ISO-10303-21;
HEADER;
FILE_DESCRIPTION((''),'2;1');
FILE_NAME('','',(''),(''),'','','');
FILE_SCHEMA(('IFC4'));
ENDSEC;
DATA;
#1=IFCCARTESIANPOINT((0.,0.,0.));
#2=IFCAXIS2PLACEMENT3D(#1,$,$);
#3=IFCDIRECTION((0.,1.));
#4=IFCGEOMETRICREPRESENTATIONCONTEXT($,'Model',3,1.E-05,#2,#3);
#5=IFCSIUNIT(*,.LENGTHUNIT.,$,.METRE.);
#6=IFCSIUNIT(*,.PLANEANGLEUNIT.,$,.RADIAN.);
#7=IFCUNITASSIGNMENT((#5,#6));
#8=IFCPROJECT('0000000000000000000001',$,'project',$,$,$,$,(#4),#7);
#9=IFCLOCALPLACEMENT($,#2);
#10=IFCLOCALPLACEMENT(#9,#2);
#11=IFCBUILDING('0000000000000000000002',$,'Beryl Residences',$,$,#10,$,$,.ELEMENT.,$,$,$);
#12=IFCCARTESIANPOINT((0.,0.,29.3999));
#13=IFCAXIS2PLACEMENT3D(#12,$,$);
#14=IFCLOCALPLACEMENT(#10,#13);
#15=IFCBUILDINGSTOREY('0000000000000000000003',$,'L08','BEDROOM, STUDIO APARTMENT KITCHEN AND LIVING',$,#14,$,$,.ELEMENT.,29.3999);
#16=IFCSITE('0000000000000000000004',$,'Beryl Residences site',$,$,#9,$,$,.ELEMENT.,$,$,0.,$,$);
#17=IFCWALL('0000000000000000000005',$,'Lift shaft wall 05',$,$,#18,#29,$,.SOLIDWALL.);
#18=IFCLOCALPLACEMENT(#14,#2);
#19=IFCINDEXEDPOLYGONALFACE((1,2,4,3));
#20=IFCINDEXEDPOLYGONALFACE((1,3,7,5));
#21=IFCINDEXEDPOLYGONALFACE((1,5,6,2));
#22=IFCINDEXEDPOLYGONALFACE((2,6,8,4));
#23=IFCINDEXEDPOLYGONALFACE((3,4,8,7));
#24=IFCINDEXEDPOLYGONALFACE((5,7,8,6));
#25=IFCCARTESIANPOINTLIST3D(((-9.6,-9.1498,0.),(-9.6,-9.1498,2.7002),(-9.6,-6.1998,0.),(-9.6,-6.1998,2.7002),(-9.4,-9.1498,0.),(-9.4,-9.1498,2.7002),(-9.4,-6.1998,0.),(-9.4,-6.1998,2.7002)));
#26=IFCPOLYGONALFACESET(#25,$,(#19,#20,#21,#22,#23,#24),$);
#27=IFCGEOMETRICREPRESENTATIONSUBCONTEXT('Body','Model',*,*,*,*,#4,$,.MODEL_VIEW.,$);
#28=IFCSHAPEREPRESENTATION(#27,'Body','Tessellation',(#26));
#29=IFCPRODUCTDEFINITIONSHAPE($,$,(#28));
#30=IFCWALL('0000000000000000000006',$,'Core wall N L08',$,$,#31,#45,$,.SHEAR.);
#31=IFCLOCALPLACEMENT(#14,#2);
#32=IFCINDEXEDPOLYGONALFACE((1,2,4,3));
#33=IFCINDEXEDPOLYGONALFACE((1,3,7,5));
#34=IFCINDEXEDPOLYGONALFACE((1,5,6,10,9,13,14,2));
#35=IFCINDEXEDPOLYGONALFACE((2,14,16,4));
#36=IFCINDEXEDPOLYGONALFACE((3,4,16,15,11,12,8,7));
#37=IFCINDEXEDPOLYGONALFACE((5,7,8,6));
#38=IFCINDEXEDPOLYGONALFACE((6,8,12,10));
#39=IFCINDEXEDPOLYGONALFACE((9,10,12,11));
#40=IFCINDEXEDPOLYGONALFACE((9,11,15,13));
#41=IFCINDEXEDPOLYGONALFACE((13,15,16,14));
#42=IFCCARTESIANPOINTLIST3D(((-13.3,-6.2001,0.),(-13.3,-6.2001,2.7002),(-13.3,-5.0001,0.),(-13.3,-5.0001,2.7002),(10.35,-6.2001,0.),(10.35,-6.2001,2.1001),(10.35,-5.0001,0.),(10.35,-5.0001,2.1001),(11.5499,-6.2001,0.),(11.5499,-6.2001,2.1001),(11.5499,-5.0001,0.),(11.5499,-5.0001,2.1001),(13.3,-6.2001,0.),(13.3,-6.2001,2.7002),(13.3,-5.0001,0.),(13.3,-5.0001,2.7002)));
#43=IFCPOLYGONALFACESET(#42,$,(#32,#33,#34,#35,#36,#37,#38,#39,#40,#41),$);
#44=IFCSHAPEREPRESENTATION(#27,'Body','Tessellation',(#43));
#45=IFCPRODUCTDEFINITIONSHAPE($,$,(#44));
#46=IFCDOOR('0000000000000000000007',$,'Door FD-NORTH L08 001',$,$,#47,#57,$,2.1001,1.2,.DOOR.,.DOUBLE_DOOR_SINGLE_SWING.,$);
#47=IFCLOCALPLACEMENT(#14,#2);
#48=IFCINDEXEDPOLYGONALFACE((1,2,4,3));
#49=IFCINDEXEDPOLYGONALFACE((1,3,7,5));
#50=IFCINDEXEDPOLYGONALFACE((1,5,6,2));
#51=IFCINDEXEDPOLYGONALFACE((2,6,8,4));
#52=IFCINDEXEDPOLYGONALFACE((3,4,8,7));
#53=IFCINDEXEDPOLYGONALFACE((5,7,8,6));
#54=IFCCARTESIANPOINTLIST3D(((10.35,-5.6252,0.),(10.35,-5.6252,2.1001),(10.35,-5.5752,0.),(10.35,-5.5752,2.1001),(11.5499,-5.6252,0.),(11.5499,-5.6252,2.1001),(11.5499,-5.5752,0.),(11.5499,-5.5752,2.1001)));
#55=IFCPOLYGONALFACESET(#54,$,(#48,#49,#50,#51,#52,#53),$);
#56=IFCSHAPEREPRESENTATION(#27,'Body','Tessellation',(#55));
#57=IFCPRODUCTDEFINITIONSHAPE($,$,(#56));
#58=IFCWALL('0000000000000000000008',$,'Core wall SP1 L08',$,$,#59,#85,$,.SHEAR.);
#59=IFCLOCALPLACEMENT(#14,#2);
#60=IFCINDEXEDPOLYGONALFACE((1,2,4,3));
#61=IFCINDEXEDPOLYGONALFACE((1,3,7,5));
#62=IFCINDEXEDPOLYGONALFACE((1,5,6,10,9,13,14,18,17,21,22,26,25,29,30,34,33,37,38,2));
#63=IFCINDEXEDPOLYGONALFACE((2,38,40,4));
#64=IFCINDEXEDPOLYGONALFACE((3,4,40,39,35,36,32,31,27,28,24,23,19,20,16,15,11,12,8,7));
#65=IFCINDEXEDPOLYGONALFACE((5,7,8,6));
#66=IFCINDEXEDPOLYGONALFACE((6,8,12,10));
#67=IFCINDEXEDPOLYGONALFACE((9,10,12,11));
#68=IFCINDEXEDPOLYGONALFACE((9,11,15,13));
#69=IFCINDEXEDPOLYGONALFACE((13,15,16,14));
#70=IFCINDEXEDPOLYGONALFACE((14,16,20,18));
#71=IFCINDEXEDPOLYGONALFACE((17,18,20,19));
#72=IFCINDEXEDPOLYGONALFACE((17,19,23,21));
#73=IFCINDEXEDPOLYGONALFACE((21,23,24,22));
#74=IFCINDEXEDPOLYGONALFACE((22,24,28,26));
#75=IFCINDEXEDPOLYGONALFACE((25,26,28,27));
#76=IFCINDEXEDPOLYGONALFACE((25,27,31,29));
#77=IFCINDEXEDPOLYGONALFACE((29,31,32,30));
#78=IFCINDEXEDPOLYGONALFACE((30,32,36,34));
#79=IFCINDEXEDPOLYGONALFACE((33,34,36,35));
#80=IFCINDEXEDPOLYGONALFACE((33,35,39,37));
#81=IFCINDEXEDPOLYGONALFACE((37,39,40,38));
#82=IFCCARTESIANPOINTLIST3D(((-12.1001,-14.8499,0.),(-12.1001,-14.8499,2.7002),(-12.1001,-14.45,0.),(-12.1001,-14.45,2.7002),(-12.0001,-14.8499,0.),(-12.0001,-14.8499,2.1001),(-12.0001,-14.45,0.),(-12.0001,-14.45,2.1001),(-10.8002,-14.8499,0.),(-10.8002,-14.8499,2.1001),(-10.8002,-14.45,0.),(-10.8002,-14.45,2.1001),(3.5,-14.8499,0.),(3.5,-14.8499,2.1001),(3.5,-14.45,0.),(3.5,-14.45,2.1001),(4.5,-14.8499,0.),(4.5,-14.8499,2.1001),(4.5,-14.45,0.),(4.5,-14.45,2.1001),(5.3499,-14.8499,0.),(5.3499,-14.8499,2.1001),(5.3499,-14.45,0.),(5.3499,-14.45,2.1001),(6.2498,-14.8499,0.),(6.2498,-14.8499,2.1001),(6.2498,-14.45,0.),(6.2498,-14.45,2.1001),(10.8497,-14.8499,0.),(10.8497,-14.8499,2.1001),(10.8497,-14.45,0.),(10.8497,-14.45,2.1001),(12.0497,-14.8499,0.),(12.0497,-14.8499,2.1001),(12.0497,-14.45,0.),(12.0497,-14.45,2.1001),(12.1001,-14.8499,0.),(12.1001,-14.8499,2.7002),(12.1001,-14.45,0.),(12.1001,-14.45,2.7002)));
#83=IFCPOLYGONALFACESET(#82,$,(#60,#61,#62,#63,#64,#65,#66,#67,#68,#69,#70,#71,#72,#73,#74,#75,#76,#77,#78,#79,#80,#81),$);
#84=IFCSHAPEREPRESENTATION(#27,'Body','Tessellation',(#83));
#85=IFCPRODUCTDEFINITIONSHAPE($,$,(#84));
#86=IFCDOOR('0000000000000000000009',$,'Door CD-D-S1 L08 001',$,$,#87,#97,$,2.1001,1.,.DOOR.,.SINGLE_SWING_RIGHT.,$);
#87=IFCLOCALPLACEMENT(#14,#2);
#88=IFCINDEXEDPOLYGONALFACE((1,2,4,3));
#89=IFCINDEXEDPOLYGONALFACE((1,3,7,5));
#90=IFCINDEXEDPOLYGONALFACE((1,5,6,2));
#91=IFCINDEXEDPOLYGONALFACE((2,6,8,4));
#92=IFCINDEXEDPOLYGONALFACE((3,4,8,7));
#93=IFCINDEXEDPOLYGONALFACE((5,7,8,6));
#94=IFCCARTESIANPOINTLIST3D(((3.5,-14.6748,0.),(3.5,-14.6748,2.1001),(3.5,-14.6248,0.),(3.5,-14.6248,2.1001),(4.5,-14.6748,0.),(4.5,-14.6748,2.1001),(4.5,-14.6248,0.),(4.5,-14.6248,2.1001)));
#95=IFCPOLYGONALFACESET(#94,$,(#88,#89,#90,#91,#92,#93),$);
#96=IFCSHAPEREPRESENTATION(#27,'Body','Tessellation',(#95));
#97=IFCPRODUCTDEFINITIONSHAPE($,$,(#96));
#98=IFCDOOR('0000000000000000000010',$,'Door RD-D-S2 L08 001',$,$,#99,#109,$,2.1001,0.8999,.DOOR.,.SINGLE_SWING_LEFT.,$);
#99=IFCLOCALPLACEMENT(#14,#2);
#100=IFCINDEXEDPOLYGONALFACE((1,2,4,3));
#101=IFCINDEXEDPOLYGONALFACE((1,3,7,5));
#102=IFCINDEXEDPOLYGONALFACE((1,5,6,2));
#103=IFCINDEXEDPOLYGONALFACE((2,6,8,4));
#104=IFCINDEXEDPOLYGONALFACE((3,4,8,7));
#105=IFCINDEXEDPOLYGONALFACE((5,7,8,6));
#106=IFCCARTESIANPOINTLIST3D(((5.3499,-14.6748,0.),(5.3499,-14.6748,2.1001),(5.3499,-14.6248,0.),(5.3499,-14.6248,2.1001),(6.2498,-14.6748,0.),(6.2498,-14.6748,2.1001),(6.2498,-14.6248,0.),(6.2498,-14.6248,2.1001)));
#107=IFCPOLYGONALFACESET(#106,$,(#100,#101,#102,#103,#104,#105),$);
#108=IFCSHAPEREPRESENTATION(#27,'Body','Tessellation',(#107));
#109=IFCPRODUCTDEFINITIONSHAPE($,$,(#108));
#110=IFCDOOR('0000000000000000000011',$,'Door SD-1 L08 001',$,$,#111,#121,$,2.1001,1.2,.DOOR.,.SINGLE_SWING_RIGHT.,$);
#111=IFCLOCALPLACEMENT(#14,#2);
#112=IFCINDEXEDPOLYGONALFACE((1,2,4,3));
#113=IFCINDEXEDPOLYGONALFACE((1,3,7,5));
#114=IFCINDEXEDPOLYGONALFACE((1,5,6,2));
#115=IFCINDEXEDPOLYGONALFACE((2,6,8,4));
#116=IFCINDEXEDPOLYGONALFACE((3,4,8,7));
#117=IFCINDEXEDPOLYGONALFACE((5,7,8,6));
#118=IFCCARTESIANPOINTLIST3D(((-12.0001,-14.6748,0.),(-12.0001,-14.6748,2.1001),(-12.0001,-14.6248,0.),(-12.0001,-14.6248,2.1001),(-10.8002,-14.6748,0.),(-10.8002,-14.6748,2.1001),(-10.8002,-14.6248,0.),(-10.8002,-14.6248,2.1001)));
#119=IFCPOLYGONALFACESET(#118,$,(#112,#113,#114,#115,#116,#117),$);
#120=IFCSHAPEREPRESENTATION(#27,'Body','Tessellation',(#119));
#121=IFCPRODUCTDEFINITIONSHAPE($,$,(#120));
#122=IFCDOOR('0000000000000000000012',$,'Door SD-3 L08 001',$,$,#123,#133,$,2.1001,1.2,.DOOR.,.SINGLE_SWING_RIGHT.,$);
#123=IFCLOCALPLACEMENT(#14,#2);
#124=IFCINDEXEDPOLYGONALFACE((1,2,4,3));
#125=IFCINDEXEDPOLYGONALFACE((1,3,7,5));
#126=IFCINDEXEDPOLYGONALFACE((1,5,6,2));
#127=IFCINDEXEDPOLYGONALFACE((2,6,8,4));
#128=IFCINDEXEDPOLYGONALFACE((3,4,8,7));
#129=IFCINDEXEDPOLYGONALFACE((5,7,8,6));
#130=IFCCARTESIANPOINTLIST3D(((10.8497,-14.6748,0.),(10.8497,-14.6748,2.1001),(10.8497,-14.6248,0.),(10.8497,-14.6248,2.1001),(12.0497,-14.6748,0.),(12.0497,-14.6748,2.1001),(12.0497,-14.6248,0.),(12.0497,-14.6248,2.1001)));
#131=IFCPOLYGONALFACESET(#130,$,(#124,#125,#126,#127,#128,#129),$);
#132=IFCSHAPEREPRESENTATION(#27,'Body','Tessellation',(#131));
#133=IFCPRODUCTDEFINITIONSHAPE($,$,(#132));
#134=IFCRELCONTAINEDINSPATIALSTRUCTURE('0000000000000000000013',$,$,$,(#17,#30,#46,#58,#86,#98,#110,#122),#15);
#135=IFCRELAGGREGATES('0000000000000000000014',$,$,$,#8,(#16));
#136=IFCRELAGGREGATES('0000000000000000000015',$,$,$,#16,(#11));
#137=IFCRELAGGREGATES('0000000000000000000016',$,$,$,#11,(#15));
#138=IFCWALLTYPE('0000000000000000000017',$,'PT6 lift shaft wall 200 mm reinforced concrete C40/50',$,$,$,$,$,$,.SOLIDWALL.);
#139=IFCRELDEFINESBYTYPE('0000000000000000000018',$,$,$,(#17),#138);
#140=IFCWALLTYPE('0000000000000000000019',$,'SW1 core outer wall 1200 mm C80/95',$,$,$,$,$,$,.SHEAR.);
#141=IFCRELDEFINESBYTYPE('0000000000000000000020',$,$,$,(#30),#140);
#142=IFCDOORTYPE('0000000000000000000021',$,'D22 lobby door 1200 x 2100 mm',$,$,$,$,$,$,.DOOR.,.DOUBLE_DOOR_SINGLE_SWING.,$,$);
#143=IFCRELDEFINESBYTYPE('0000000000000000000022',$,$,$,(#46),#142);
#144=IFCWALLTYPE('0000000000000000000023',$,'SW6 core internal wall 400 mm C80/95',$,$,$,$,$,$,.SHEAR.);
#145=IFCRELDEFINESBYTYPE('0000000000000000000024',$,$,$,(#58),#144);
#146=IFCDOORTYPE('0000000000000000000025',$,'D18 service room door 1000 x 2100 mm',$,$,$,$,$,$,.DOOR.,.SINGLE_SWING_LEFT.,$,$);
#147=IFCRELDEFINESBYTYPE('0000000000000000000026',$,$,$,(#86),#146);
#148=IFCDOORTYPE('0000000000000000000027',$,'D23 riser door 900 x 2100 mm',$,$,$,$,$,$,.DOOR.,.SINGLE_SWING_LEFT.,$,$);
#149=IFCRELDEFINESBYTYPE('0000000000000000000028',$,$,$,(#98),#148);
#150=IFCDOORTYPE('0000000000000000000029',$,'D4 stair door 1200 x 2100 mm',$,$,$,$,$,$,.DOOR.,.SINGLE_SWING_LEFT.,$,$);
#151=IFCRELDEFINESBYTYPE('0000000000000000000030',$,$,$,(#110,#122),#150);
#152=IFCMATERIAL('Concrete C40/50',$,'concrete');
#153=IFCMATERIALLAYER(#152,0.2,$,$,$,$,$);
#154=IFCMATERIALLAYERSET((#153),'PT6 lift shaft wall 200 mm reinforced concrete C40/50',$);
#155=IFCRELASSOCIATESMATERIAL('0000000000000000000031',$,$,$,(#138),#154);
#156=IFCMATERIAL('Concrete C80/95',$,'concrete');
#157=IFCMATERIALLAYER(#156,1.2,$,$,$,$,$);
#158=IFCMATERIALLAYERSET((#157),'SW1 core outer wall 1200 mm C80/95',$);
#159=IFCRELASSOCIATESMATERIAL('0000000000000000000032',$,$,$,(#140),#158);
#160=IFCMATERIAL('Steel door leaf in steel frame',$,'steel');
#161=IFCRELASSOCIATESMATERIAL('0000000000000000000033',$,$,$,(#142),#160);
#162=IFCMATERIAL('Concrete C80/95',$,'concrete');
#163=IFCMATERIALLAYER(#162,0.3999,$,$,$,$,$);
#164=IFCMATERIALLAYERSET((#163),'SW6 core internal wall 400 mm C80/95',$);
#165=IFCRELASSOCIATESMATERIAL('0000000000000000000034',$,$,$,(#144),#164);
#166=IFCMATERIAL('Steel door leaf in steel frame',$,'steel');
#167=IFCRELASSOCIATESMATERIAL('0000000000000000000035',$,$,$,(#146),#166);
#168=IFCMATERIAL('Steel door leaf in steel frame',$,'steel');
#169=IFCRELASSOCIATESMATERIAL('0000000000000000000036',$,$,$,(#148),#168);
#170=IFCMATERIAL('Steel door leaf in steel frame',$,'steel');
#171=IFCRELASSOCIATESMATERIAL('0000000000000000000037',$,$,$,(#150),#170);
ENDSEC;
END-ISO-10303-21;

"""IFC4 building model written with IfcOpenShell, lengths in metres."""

from ifc_helpers import new_model, si_unit, direction, frame, frame_2d, origin, place, context, subcontext, project, spatial, rectangle, extrude, material, layer, layer_set, type_object, element, fill, save


model = new_model("IFC4")

# Units and contexts
model_context = context("Model", 3, precision=1e-05, world=origin(), true_north=direction((0.0, 1.0)))
body_context = subcontext(model_context, "Body", "Model", "MODEL_VIEW")
ifc_project = project(units=[si_unit("LENGTHUNIT", "METRE"), si_unit("PLANEANGLEUNIT", "RADIAN")], contexts=[model_context])

# Site, building, storey
site_placement = place(None, origin())
site = spatial("IfcSite", under=ifc_project, at=site_placement, Name="Beryl Residences site", CompositionType="ELEMENT", RefElevation=0.0)
building_placement = place(site_placement, origin())
building = spatial("IfcBuilding", under=site, at=building_placement, Name="Beryl Residences", CompositionType="ELEMENT")
storey_placement = place(building_placement, frame((0.0, 0.0, 29.3999)))
storey = spatial("IfcBuildingStorey", under=building, at=storey_placement, Name="L08", Description="BEDROOM, STUDIO APARTMENT KITCHEN AND LIVING", CompositionType="ELEMENT", Elevation=29.3999)

# Wall
ifc_material_1 = material(Name="Concrete C40/50", Category="concrete")
ifc_layer_1 = layer(ifc_material_1, 0.2)
ifc_layer_set_1 = layer_set([ifc_layer_1], Name="PT6 lift shaft wall 200 mm reinforced concrete C40/50")
wall_type_1 = type_object("IfcWallType", Name="PT6 lift shaft wall 200 mm reinforced concrete C40/50", PredefinedType="SOLIDWALL", material=ifc_layer_set_1)
wall_1_placement = place(storey_placement, frame((-9.5, -9.1499, 0.0), z_axis=(0.0, 0.0, 1.0), x_axis=(0.0, 1.0, 0.0)))
element("IfcWall", 1, at=wall_1_placement, inside=storey, type_object=wall_type_1, Name="Lift shaft wall 05", PredefinedType="SOLIDWALL", context=body_context, shape_type="SweptSolid", body=[
    extrude(rectangle(XDim=2.95, YDim=0.2, at=frame_2d((1.4751, 0.0))), origin(), (0.0, 0.0, 1.0), 2.7002),
])

# Wall, opening, door
ifc_material_2 = material(Name="Concrete C80/95", Category="concrete")
ifc_layer_2 = layer(ifc_material_2, 1.2)
ifc_layer_set_2 = layer_set([ifc_layer_2], Name="SW1 core outer wall 1200 mm C80/95")
wall_type_2 = type_object("IfcWallType", Name="SW1 core outer wall 1200 mm C80/95", PredefinedType="SHEAR", material=ifc_layer_set_2)
wall_2_placement = place(storey_placement, frame((-13.3, -5.6001, 0.0), z_axis=(0.0, 0.0, 1.0), x_axis=(1.0, 0.0, 0.0)))
wall_2 = element("IfcWall", 2, at=wall_2_placement, inside=storey, type_object=wall_type_2, Name="Core wall N L08", PredefinedType="SHEAR", context=body_context, shape_type="SweptSolid", body=[
    extrude(rectangle(XDim=26.6001, YDim=1.2, at=frame_2d((13.3, 0.0))), origin(), (0.0, 0.0, 1.0), 2.7002),
])
opening_1_placement = place(wall_2_placement, frame((23.6499, 0.0, 0.0)))
opening_1 = element("IfcOpeningElement", 3, at=opening_1_placement, cuts=wall_2, PredefinedType="OPENING", context=body_context, shape_type="SweptSolid", body=[
    extrude(rectangle(XDim=1.2, YDim=2.1001, at=frame_2d((0.6001, 1.05))), frame((0.0, 0.6099, 0.0), z_axis=(0.0, -1.0, 0.0), x_axis=(1.0, 0.0, 0.0)), (0.0, 0.0, 1.0), 1.22),
])
ifc_material_3 = material(Name="Steel door leaf in steel frame", Category="steel")
door_type_1 = type_object("IfcDoorType", Name="D22 lobby door 1200 x 2100 mm", OperationType="DOUBLE_DOOR_SINGLE_SWING", PredefinedType="DOOR", material=ifc_material_3)
door_1_placement = place(opening_1_placement, origin())
door_1 = element("IfcDoor", 4, at=door_1_placement, inside=storey, type_object=door_type_1, Name="Door FD-NORTH L08 001", OperationType="DOUBLE_DOOR_SINGLE_SWING", OverallHeight=2.1001, OverallWidth=1.2, PredefinedType="DOOR", context=body_context, shape_type="SweptSolid", body=[
    extrude(rectangle(XDim=1.2, YDim=2.1001, at=frame_2d((0.6001, 1.05))), frame((0.0, 0.0249, 0.0), z_axis=(0.0, -1.0, 0.0), x_axis=(1.0, 0.0, 0.0)), (0.0, 0.0, 1.0), 0.05),
])
fill(opening_1, door_1)

# Wall, openings, doors
ifc_material_4 = material(Name="Concrete C80/95", Category="concrete")
ifc_layer_3 = layer(ifc_material_4, 0.3999)
ifc_layer_set_3 = layer_set([ifc_layer_3], Name="SW6 core internal wall 400 mm C80/95")
wall_type_3 = type_object("IfcWallType", Name="SW6 core internal wall 400 mm C80/95", PredefinedType="SHEAR", material=ifc_layer_set_3)
wall_3_placement = place(storey_placement, frame((-12.1001, -14.6499, 0.0), z_axis=(0.0, 0.0, 1.0), x_axis=(1.0, 0.0, 0.0)))
wall_3 = element("IfcWall", 5, at=wall_3_placement, inside=storey, type_object=wall_type_3, Name="Core wall SP1 L08", PredefinedType="SHEAR", context=body_context, shape_type="SweptSolid", body=[
    extrude(rectangle(XDim=24.2002, YDim=0.3999, at=frame_2d((12.1001, 0.0))), origin(), (0.0, 0.0, 1.0), 2.7002),
])
opening_2_placement = place(wall_3_placement, frame((1.3, 0.0, 0.0), z_axis=(0.0, 0.0, 1.0), x_axis=(-1.0, 0.0, 0.0)))
opening_2 = element("IfcOpeningElement", 6, at=opening_2_placement, cuts=wall_3, PredefinedType="OPENING", context=body_context, shape_type="SweptSolid", body=[
    extrude(rectangle(XDim=1.2, YDim=2.1001, at=frame_2d((0.6001, 1.05))), frame((0.0, 0.21, 0.0), z_axis=(0.0, -1.0, 0.0), x_axis=(1.0, 0.0, 0.0)), (0.0, 0.0, 1.0), 0.4199),
])
opening_3_placement = place(wall_3_placement, frame((24.1499, 0.0, 0.0), z_axis=(0.0, 0.0, 1.0), x_axis=(-1.0, 0.0, 0.0)))
opening_3 = element("IfcOpeningElement", 7, at=opening_3_placement, cuts=wall_3, PredefinedType="OPENING", context=body_context, shape_type="SweptSolid", body=[
    extrude(rectangle(XDim=1.2, YDim=2.1001, at=frame_2d((0.6001, 1.05))), frame((0.0, 0.21, 0.0), z_axis=(0.0, -1.0, 0.0), x_axis=(1.0, 0.0, 0.0)), (0.0, 0.0, 1.0), 0.4199),
])
opening_4_placement = place(wall_3_placement, frame((16.6001, 0.0, 0.0), z_axis=(0.0, 0.0, 1.0), x_axis=(-1.0, 0.0, 0.0)))
opening_4 = element("IfcOpeningElement", 8, at=opening_4_placement, cuts=wall_3, PredefinedType="OPENING", context=body_context, shape_type="SweptSolid", body=[
    extrude(rectangle(XDim=1.0, YDim=2.1001, at=frame_2d((0.5, 1.05))), frame((0.0, 0.21, 0.0), z_axis=(0.0, -1.0, 0.0), x_axis=(1.0, 0.0, 0.0)), (0.0, 0.0, 1.0), 0.4199),
])
opening_5_placement = place(wall_3_placement, frame((18.3499, 0.0, 0.0), z_axis=(0.0, 0.0, 1.0), x_axis=(-1.0, 0.0, 0.0)))
opening_5 = element("IfcOpeningElement", 9, at=opening_5_placement, cuts=wall_3, PredefinedType="OPENING", context=body_context, shape_type="SweptSolid", body=[
    extrude(rectangle(XDim=0.8999, YDim=2.1001, at=frame_2d((0.45, 1.05))), frame((0.0, 0.21, 0.0), z_axis=(0.0, -1.0, 0.0), x_axis=(1.0, 0.0, 0.0)), (0.0, 0.0, 1.0), 0.4199),
])
ifc_material_5 = material(Name="Steel door leaf in steel frame", Category="steel")
door_type_2 = type_object("IfcDoorType", Name="D18 service room door 1000 x 2100 mm", OperationType="SINGLE_SWING_LEFT", PredefinedType="DOOR", material=ifc_material_5)
door_2_placement = place(opening_4_placement, origin())
door_2 = element("IfcDoor", 10, at=door_2_placement, inside=storey, type_object=door_type_2, Name="Door CD-D-S1 L08 001", OperationType="SINGLE_SWING_RIGHT", OverallHeight=2.1001, OverallWidth=1.0, PredefinedType="DOOR", context=body_context, shape_type="SweptSolid", body=[
    extrude(rectangle(XDim=1.0, YDim=2.1001, at=frame_2d((0.5, 1.05))), frame((0.0, 0.0249, 0.0), z_axis=(0.0, -1.0, 0.0), x_axis=(1.0, 0.0, 0.0)), (0.0, 0.0, 1.0), 0.05),
])
fill(opening_4, door_2)
ifc_material_6 = material(Name="Steel door leaf in steel frame", Category="steel")
door_type_3 = type_object("IfcDoorType", Name="D23 riser door 900 x 2100 mm", OperationType="SINGLE_SWING_LEFT", PredefinedType="DOOR", material=ifc_material_6)
door_3_placement = place(opening_5_placement, origin())
door_3 = element("IfcDoor", 11, at=door_3_placement, inside=storey, type_object=door_type_3, Name="Door RD-D-S2 L08 001", OperationType="SINGLE_SWING_LEFT", OverallHeight=2.1001, OverallWidth=0.8999, PredefinedType="DOOR", context=body_context, shape_type="SweptSolid", body=[
    extrude(rectangle(XDim=0.8999, YDim=2.1001, at=frame_2d((0.45, 1.05))), frame((0.0, 0.0249, 0.0), z_axis=(0.0, -1.0, 0.0), x_axis=(1.0, 0.0, 0.0)), (0.0, 0.0, 1.0), 0.05),
])
fill(opening_5, door_3)
ifc_material_7 = material(Name="Steel door leaf in steel frame", Category="steel")
door_type_4 = type_object("IfcDoorType", Name="D4 stair door 1200 x 2100 mm", OperationType="SINGLE_SWING_LEFT", PredefinedType="DOOR", material=ifc_material_7)
door_4_placement = place(opening_2_placement, origin())
door_4 = element("IfcDoor", 12, at=door_4_placement, inside=storey, type_object=door_type_4, Name="Door SD-1 L08 001", OperationType="SINGLE_SWING_RIGHT", OverallHeight=2.1001, OverallWidth=1.2, PredefinedType="DOOR", context=body_context, shape_type="SweptSolid", body=[
    extrude(rectangle(XDim=1.2, YDim=2.1001, at=frame_2d((0.6001, 1.05))), frame((0.0, 0.0249, 0.0), z_axis=(0.0, -1.0, 0.0), x_axis=(1.0, 0.0, 0.0)), (0.0, 0.0, 1.0), 0.05),
])
fill(opening_2, door_4)
door_5_placement = place(opening_3_placement, origin())
door_5 = element("IfcDoor", 13, at=door_5_placement, inside=storey, type_object=door_type_4, Name="Door SD-3 L08 001", OperationType="SINGLE_SWING_RIGHT", OverallHeight=2.1001, OverallWidth=1.2, PredefinedType="DOOR", context=body_context, shape_type="SweptSolid", body=[
    extrude(rectangle(XDim=1.2, YDim=2.1001, at=frame_2d((0.6001, 1.05))), frame((0.0, 0.0249, 0.0), z_axis=(0.0, -1.0, 0.0), x_axis=(1.0, 0.0, 0.0)), (0.0, 0.0, 1.0), 0.05),
])
fill(opening_3, door_5)

save(model, "model.ifc")
